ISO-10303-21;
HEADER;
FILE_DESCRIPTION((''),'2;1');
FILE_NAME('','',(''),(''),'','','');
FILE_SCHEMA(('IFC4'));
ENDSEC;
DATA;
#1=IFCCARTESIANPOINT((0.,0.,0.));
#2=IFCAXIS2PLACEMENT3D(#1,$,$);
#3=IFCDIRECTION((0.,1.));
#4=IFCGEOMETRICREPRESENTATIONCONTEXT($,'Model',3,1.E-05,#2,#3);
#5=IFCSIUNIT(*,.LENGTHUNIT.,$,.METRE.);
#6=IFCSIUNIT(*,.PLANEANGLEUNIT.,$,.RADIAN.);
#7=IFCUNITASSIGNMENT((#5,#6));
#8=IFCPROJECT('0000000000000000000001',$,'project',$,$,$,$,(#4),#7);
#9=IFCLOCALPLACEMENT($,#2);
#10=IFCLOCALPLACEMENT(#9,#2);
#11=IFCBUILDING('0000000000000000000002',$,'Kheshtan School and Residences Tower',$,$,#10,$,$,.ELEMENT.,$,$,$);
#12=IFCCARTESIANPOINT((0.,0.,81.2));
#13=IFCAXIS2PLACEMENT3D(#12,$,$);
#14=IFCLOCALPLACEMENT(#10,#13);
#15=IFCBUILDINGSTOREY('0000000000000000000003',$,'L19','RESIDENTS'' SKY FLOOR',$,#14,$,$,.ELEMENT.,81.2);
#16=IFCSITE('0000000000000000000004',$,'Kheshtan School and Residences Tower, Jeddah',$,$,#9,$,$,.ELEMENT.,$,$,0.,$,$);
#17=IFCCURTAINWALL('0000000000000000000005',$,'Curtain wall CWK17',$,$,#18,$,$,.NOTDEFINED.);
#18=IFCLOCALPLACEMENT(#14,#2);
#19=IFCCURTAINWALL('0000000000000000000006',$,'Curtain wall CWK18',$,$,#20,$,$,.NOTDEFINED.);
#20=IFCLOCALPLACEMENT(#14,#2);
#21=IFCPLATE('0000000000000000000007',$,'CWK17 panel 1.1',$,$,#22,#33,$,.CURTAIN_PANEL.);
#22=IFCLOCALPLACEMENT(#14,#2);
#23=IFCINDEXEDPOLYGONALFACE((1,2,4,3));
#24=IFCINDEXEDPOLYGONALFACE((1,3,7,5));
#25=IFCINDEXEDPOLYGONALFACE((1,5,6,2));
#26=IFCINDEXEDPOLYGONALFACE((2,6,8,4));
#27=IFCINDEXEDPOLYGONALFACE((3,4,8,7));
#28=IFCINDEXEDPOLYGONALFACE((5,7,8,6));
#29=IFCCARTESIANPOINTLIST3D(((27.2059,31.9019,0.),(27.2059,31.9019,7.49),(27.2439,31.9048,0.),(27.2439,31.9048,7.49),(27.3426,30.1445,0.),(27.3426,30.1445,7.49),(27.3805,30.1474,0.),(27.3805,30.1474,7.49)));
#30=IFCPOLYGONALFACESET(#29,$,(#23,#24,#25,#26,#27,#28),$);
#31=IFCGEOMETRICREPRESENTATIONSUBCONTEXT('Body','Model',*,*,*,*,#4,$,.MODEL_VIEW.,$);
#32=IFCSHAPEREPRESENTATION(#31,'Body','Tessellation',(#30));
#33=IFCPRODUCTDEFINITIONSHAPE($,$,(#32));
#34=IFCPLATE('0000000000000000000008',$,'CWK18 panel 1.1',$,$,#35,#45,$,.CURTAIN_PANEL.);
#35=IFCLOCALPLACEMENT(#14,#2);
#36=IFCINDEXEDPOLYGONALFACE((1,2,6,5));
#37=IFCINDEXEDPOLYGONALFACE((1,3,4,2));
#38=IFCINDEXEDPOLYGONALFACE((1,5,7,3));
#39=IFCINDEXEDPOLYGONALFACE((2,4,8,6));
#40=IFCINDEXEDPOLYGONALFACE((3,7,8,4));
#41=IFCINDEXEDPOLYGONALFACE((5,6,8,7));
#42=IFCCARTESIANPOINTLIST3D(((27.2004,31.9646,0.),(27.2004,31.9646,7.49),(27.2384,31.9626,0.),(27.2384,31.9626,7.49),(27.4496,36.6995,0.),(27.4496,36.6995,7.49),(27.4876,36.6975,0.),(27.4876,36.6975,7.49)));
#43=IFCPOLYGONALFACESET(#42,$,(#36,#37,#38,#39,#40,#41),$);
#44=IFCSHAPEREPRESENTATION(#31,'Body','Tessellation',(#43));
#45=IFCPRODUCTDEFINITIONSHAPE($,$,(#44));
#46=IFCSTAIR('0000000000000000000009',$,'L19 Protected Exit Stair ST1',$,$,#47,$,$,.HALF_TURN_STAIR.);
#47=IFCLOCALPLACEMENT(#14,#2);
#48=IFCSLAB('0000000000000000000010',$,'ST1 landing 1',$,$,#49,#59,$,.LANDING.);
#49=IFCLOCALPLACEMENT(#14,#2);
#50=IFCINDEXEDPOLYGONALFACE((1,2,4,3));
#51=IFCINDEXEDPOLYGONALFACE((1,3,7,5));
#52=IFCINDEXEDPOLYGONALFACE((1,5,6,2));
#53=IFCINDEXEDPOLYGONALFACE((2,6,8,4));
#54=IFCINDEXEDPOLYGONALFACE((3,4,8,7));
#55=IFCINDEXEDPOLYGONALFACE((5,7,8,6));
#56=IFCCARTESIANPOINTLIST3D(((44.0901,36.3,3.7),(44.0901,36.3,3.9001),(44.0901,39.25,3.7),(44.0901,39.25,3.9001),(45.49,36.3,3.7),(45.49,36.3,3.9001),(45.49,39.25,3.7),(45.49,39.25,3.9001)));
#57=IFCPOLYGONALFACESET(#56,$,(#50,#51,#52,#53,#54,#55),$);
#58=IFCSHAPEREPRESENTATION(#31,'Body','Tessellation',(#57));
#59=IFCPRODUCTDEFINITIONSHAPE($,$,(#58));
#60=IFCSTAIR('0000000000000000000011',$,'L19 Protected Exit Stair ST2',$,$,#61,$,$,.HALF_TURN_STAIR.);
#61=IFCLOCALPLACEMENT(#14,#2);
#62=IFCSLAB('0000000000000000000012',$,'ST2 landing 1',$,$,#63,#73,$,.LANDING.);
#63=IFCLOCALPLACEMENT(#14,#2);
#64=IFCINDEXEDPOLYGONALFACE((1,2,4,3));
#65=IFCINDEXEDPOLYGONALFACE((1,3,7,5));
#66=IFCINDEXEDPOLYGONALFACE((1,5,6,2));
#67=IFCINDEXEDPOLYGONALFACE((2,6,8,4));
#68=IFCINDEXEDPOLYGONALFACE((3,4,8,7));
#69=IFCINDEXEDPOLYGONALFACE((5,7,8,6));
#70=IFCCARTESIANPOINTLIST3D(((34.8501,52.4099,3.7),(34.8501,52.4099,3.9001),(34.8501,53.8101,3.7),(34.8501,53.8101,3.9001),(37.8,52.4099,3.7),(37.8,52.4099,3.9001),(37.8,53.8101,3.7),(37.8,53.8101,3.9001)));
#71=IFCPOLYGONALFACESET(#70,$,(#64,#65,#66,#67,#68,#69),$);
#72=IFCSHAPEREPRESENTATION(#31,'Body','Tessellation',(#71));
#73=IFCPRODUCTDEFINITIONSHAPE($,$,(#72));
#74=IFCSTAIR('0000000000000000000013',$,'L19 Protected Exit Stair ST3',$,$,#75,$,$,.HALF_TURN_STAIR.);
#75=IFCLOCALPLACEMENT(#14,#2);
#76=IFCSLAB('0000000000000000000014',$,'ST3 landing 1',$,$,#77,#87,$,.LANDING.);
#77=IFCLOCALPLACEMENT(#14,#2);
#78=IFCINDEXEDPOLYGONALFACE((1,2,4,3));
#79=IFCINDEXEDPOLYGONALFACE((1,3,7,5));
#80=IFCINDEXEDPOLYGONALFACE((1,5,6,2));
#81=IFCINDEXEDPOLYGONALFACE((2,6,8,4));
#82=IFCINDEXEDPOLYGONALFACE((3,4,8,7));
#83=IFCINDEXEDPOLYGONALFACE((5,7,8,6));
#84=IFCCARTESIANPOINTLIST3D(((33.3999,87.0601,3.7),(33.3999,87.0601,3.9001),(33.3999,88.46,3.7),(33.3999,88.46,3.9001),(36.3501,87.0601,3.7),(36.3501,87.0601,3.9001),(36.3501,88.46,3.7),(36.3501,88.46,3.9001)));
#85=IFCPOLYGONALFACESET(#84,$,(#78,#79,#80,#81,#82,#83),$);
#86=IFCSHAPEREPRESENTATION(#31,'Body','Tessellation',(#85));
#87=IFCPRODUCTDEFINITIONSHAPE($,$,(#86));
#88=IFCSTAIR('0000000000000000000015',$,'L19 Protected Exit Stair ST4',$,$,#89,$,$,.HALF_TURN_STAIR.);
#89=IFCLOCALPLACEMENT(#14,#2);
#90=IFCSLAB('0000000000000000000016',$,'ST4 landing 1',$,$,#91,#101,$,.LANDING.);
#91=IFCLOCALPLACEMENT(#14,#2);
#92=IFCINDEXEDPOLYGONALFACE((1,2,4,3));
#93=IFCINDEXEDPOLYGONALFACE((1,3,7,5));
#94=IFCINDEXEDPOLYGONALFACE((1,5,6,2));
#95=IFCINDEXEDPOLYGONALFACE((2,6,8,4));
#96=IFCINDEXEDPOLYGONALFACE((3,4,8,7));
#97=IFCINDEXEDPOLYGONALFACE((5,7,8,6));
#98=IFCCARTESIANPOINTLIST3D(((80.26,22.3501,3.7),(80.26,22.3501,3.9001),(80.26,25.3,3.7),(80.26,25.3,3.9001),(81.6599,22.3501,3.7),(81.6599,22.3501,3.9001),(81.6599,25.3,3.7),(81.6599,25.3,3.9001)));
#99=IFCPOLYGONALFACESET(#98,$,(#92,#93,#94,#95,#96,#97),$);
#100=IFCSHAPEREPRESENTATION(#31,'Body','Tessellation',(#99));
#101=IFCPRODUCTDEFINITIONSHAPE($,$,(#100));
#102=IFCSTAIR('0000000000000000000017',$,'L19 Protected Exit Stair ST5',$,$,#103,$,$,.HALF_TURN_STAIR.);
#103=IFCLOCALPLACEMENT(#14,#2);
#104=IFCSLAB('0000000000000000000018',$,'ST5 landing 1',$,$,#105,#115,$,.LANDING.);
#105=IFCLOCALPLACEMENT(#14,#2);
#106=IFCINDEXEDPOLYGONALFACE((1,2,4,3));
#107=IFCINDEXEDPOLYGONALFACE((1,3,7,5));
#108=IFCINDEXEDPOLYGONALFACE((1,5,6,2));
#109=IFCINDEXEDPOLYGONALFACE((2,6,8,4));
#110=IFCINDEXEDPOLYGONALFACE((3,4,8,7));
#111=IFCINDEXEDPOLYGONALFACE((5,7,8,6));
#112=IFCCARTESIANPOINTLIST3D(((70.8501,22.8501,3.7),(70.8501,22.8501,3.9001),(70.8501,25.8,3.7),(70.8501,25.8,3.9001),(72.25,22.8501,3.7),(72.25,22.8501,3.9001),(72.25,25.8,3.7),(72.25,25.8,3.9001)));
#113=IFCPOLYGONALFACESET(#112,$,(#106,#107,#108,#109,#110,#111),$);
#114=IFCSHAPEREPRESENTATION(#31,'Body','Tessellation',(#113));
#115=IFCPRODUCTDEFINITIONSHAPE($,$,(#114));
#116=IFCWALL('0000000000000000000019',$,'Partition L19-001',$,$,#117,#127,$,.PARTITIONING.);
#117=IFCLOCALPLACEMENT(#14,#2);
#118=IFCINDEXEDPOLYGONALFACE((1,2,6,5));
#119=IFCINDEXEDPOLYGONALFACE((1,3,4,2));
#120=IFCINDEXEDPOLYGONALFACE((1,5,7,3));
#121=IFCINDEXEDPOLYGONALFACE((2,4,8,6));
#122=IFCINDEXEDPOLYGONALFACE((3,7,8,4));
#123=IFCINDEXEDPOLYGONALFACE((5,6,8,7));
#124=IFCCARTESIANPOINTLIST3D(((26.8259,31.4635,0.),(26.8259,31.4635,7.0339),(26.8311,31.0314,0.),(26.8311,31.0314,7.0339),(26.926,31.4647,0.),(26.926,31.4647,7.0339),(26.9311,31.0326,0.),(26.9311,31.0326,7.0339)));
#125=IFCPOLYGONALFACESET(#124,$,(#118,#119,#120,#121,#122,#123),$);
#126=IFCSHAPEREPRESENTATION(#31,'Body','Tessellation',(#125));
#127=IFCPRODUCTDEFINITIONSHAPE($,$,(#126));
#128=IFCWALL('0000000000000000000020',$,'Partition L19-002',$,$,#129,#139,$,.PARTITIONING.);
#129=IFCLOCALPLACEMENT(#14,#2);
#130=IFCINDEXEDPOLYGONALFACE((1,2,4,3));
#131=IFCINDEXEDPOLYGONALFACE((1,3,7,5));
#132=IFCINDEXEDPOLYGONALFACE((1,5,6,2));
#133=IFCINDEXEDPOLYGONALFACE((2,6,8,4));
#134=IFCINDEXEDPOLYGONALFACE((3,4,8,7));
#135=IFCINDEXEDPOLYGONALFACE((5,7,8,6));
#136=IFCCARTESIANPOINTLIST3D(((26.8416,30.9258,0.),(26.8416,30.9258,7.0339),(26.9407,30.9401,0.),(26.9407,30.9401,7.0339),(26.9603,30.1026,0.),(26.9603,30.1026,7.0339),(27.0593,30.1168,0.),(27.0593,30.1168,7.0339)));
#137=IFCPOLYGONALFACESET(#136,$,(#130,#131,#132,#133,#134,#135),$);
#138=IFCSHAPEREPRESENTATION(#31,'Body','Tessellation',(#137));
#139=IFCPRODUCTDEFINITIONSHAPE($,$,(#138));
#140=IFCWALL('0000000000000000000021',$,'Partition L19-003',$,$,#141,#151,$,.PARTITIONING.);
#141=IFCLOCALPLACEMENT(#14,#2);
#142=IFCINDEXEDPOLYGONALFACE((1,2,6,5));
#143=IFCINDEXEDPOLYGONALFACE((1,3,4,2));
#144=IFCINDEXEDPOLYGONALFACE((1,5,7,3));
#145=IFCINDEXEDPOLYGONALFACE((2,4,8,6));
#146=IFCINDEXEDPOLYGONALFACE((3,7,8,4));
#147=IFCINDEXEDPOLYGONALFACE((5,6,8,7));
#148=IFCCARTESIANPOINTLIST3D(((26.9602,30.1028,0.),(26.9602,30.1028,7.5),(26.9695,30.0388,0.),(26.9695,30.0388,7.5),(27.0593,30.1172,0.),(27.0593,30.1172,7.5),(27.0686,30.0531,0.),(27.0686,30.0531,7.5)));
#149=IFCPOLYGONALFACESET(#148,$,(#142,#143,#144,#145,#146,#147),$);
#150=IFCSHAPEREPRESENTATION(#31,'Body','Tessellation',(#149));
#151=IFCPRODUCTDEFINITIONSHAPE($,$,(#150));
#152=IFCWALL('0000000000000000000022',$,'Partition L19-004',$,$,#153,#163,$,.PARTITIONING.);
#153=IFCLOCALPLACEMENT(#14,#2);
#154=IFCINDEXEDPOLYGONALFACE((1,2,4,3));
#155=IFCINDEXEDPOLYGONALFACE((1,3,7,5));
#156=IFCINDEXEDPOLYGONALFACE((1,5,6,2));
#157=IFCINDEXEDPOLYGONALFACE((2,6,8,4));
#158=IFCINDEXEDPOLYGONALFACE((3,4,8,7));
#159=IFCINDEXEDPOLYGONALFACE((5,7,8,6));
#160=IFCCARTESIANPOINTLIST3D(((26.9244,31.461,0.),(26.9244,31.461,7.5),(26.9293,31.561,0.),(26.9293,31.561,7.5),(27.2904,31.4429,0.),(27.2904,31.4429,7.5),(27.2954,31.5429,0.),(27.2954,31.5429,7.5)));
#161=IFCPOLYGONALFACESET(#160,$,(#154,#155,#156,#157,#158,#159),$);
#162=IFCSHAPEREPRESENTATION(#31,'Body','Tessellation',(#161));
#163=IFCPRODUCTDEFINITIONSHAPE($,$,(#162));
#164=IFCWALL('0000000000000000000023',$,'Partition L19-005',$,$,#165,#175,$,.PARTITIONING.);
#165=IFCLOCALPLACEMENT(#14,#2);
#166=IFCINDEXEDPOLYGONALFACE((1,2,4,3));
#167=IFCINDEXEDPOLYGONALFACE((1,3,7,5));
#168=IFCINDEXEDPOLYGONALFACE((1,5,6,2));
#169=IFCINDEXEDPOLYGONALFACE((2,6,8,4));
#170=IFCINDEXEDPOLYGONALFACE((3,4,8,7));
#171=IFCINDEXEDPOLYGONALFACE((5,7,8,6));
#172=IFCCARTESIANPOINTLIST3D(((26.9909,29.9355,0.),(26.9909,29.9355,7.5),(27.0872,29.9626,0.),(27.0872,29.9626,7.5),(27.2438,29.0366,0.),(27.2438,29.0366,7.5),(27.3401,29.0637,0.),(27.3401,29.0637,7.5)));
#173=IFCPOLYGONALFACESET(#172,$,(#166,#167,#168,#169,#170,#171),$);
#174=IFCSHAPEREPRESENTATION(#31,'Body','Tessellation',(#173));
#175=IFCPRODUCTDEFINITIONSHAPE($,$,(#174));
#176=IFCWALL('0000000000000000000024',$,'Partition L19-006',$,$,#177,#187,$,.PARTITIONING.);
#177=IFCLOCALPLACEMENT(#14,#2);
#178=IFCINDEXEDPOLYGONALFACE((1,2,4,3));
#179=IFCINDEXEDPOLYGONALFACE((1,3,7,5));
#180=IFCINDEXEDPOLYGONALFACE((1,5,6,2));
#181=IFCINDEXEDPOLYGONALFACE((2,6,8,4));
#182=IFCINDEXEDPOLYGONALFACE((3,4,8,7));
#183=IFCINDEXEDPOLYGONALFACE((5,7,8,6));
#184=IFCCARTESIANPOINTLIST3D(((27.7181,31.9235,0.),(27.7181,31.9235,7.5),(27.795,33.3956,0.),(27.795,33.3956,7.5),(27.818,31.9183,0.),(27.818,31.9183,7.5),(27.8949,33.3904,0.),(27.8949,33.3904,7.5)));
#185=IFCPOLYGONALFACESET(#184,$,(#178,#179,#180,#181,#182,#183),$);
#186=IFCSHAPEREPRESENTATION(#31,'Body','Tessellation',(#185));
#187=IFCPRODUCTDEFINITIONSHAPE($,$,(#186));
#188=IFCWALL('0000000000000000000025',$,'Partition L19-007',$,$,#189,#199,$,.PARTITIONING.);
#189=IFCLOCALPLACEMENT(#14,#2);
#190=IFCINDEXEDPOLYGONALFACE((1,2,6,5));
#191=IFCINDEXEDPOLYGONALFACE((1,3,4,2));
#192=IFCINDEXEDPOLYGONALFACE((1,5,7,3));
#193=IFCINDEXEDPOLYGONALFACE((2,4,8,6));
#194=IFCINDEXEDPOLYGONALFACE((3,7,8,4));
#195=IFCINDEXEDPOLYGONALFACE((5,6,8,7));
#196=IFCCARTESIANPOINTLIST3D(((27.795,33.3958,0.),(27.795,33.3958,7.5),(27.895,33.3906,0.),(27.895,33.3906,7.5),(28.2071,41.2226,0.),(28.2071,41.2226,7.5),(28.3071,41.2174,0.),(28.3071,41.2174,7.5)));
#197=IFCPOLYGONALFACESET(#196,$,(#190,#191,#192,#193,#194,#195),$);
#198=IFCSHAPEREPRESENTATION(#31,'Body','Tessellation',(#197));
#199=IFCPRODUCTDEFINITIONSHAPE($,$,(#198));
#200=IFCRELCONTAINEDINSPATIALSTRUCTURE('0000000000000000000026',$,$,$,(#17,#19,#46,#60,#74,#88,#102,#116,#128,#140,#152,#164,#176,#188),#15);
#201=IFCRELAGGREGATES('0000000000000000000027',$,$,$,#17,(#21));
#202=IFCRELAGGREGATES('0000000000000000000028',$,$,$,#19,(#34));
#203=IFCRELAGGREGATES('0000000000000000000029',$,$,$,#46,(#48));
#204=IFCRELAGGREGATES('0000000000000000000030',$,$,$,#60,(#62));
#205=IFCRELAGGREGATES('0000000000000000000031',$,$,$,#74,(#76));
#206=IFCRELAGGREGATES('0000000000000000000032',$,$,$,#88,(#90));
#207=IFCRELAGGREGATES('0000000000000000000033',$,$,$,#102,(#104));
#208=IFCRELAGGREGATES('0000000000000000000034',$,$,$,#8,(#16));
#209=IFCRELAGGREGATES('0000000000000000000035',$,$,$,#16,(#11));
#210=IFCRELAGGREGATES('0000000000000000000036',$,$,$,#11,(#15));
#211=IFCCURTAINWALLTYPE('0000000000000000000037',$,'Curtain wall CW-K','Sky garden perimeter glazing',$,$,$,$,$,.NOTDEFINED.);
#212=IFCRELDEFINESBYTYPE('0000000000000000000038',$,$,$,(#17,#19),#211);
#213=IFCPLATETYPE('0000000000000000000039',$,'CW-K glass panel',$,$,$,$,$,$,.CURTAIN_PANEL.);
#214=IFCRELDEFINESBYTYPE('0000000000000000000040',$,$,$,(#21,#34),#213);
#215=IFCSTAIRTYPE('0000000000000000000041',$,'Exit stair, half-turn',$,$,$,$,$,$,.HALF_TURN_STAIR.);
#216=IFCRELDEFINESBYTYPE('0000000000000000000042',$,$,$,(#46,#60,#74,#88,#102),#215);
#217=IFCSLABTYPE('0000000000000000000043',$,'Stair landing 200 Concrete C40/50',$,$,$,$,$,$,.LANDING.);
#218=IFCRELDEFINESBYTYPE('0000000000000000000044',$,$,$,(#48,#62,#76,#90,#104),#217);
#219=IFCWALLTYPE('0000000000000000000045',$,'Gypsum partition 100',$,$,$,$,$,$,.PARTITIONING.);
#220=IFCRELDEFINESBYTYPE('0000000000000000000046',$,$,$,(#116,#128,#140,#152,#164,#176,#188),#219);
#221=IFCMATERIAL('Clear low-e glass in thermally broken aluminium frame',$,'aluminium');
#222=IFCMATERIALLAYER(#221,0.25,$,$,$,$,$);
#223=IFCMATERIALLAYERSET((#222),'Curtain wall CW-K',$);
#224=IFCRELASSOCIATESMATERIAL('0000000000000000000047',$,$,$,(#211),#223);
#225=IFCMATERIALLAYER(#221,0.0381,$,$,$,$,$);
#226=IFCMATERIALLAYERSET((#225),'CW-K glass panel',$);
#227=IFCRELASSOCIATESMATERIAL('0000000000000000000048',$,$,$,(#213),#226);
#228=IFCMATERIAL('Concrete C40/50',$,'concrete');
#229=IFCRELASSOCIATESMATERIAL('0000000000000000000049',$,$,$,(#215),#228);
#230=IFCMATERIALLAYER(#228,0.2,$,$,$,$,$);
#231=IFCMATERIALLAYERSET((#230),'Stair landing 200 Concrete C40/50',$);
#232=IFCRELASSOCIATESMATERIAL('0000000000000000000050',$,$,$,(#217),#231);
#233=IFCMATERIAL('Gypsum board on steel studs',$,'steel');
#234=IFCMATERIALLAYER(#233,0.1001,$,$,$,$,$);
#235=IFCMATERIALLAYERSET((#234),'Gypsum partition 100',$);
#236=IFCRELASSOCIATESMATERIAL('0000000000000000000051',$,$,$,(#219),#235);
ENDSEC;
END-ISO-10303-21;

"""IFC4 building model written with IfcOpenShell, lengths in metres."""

from ifc_helpers import new_model, si_unit, direction, frame, frame_2d, origin, origin_2d, place, context, subcontext, project, spatial, polyline, rectangle, outline, extrude, material, layer, layer_set, type_object, element, aggregate, save


model = new_model("IFC4")

# Units and contexts
model_context = context("Model", 3, precision=1e-05, world=origin(), true_north=direction((0.0, 1.0)))
body_context = subcontext(model_context, "Body", "Model", "MODEL_VIEW")
ifc_project = project(units=[si_unit("LENGTHUNIT", "METRE"), si_unit("PLANEANGLEUNIT", "RADIAN")], contexts=[model_context])

# Site, building, storey
site_placement = place(None, origin())
site = spatial("IfcSite", under=ifc_project, at=site_placement, Name="Kheshtan School and Residences Tower, Jeddah", CompositionType="ELEMENT", RefElevation=0.0)
building_placement = place(site_placement, origin())
building = spatial("IfcBuilding", under=site, at=building_placement, Name="Kheshtan School and Residences Tower", CompositionType="ELEMENT")
storey_placement = place(building_placement, frame((0.0, 0.0, 81.2)))
storey = spatial("IfcBuildingStorey", under=building, at=storey_placement, Name="L19", Description="RESIDENTS' SKY FLOOR", CompositionType="ELEMENT", Elevation=81.2)

# Shared definitions
ifc_material_1 = material(Name="Clear low-e glass in thermally broken aluminium frame", Category="aluminium")
ifc_layer_1 = layer(ifc_material_1, 0.25)
ifc_layer_set_1 = layer_set([ifc_layer_1], Name="Curtain wall CW-K")
curtain_wall_type = type_object("IfcCurtainWallType", Name="Curtain wall CW-K", Description="Sky garden perimeter glazing", PredefinedType="NOTDEFINED", material=ifc_layer_set_1)

# Curtain wall
curtain_wall_1_placement = place(storey_placement, origin())
curtain_wall_1 = element("IfcCurtainWall", 1, at=curtain_wall_1_placement, inside=storey, type_object=curtain_wall_type, Name="Curtain wall CWK17", PredefinedType="NOTDEFINED")

# Curtain wall
curtain_wall_2_placement = place(storey_placement, origin())
curtain_wall_2 = element("IfcCurtainWall", 2, at=curtain_wall_2_placement, inside=storey, type_object=curtain_wall_type, Name="Curtain wall CWK18", PredefinedType="NOTDEFINED")

# Plates
ifc_layer_2 = layer(ifc_material_1, 0.0381)
ifc_layer_set_2 = layer_set([ifc_layer_2], Name="CW-K glass panel")
plate_type = type_object("IfcPlateType", Name="CW-K glass panel", PredefinedType="CURTAIN_PANEL", material=ifc_layer_set_2)
plate_1_placement = place(storey_placement, frame((27.2932, 31.0247, 0.0), z_axis=(0.0, 0.0, 1.0), x_axis=(-0.077549, 0.996989, 0.0)))
plate_1 = element("IfcPlate", 3, at=plate_1_placement, type_object=plate_type, Name="CWK17 panel 1.1", PredefinedType="CURTAIN_PANEL", context=body_context, shape_type="SweptSolid", body=[
    extrude(rectangle(XDim=1.7627, YDim=0.0381, at=origin_2d()), origin(), (0.0, 0.0, 1.0), 7.49),
])
aggregate(curtain_wall_1, [plate_1])
plate_2_placement = place(storey_placement, frame((27.344, 34.3311, 0.0), z_axis=(0.0, 0.0, 1.0), x_axis=(0.052565, 0.998617, 0.0)))
plate_2 = element("IfcPlate", 4, at=plate_2_placement, type_object=plate_type, Name="CWK18 panel 1.1", PredefinedType="CURTAIN_PANEL", context=body_context, shape_type="SweptSolid", body=[
    extrude(rectangle(XDim=4.7415, YDim=0.0381, at=origin_2d()), origin(), (0.0, 0.0, 1.0), 7.49),
])
aggregate(curtain_wall_2, [plate_2])

# Shared definitions
ifc_material_2 = material(Name="Concrete C40/50", Category="concrete")

# Stairs, slabs
stair_type = type_object("IfcStairType", Name="Exit stair, half-turn", PredefinedType="HALF_TURN_STAIR", material=ifc_material_2)
stair_1_placement = place(storey_placement, origin())
stair_1 = element("IfcStair", 5, at=stair_1_placement, inside=storey, type_object=stair_type, Name="L19 Protected Exit Stair ST1", PredefinedType="HALF_TURN_STAIR")
ifc_layer_3 = layer(ifc_material_2, 0.2)
ifc_layer_set_3 = layer_set([ifc_layer_3], Name="Stair landing 200 Concrete C40/50")
slab_type_1 = type_object("IfcSlabType", Name="Stair landing 200 Concrete C40/50", PredefinedType="LANDING", material=ifc_layer_set_3)
slab_1_placement = place(storey_placement, frame((0.0, 0.0, 3.7)))
slab_1 = element("IfcSlab", 6, at=slab_1_placement, type_object=slab_type_1, Name="ST1 landing 1", PredefinedType="LANDING", context=body_context, shape_type="SweptSolid", body=[
    extrude(outline(polyline([(45.49, 39.25), (44.0901, 39.25), (44.0901, 36.3), (45.49, 36.3), (45.49, 39.25)])), origin(), (0.0, 0.0, 1.0), 0.2002),
])
aggregate(stair_1, [slab_1])
stair_2_placement = place(storey_placement, origin())
stair_2 = element("IfcStair", 7, at=stair_2_placement, inside=storey, type_object=stair_type, Name="L19 Protected Exit Stair ST2", PredefinedType="HALF_TURN_STAIR")
slab_2_placement = place(storey_placement, frame((0.0, 0.0, 3.7)))
slab_2 = element("IfcSlab", 8, at=slab_2_placement, type_object=slab_type_1, Name="ST2 landing 1", PredefinedType="LANDING", context=body_context, shape_type="SweptSolid", body=[
    extrude(outline(polyline([(37.8, 52.4099), (37.8, 53.8101), (34.8501, 53.8101), (34.8501, 52.4099), (37.8, 52.4099)])), origin(), (0.0, 0.0, 1.0), 0.2002),
])
aggregate(stair_2, [slab_2])
stair_3_placement = place(storey_placement, origin())
stair_3 = element("IfcStair", 9, at=stair_3_placement, inside=storey, type_object=stair_type, Name="L19 Protected Exit Stair ST3", PredefinedType="HALF_TURN_STAIR")
slab_3_placement = place(storey_placement, frame((0.0, 0.0, 3.7)))
slab_3 = element("IfcSlab", 10, at=slab_3_placement, type_object=slab_type_1, Name="ST3 landing 1", PredefinedType="LANDING", context=body_context, shape_type="SweptSolid", body=[
    extrude(outline(polyline([(36.3501, 87.0601), (36.3501, 88.46), (33.3999, 88.46), (33.3999, 87.0601), (36.3501, 87.0601)])), origin(), (0.0, 0.0, 1.0), 0.2002),
])
aggregate(stair_3, [slab_3])
stair_4_placement = place(storey_placement, origin())
stair_4 = element("IfcStair", 11, at=stair_4_placement, inside=storey, type_object=stair_type, Name="L19 Protected Exit Stair ST4", PredefinedType="HALF_TURN_STAIR")
slab_4_placement = place(storey_placement, frame((0.0, 0.0, 3.7)))
slab_4 = element("IfcSlab", 12, at=slab_4_placement, type_object=slab_type_1, Name="ST4 landing 1", PredefinedType="LANDING", context=body_context, shape_type="SweptSolid", body=[
    extrude(outline(polyline([(81.6599, 25.3), (80.26, 25.3), (80.26, 22.3501), (81.6599, 22.3501), (81.6599, 25.3)])), origin(), (0.0, 0.0, 1.0), 0.2002),
])
aggregate(stair_4, [slab_4])
stair_5_placement = place(storey_placement, origin())
stair_5 = element("IfcStair", 13, at=stair_5_placement, inside=storey, type_object=stair_type, Name="L19 Protected Exit Stair ST5", PredefinedType="HALF_TURN_STAIR")
slab_5_placement = place(storey_placement, frame((0.0, 0.0, 3.7)))
slab_5 = element("IfcSlab", 14, at=slab_5_placement, type_object=slab_type_1, Name="ST5 landing 1", PredefinedType="LANDING", context=body_context, shape_type="SweptSolid", body=[
    extrude(outline(polyline([(72.25, 25.8), (70.8501, 25.8), (70.8501, 22.8501), (72.25, 22.8501), (72.25, 25.8)])), origin(), (0.0, 0.0, 1.0), 0.2002),
])
aggregate(stair_5, [slab_5])

# Walls
ifc_material_3 = material(Name="Gypsum board on steel studs", Category="steel")
ifc_layer_4 = layer(ifc_material_3, 0.1001)
ifc_layer_set_4 = layer_set([ifc_layer_4], Name="Gypsum partition 100")
wall_type = type_object("IfcWallType", Name="Gypsum partition 100", PredefinedType="PARTITIONING", material=ifc_layer_set_4)
wall_1_placement = place(storey_placement, frame((26.876, 31.4641, 0.0), z_axis=(0.0, 0.0, 1.0), x_axis=(0.011864, -0.99993, 0.0)))
element("IfcWall", 15, at=wall_1_placement, inside=storey, type_object=wall_type, Name="Partition L19-001", PredefinedType="PARTITIONING", context=body_context, shape_type="SweptSolid", body=[
    extrude(rectangle(XDim=0.4321, YDim=0.1001, at=frame_2d((0.2161, 0.0))), origin(), (0.0, 0.0, 1.0), 7.0339),
])
wall_2_placement = place(storey_placement, frame((26.8911, 30.9331, 0.0), z_axis=(0.0, 0.0, 1.0), x_axis=(0.142654, -0.989773, 0.0)))
element("IfcWall", 16, at=wall_2_placement, inside=storey, type_object=wall_type, Name="Partition L19-002", PredefinedType="PARTITIONING", context=body_context, shape_type="SweptSolid", body=[
    extrude(rectangle(XDim=0.8318, YDim=0.1001, at=frame_2d((0.416, 0.0))), origin(), (0.0, 0.0, 1.0), 7.0339),
])
wall_3_placement = place(storey_placement, frame((27.0098, 30.1099, 0.0), z_axis=(0.0, 0.0, 1.0), x_axis=(0.143536, -0.989645, 0.0)))
element("IfcWall", 17, at=wall_3_placement, inside=storey, type_object=wall_type, Name="Partition L19-003", PredefinedType="PARTITIONING", context=body_context, shape_type="SweptSolid", body=[
    extrude(rectangle(XDim=0.0647, YDim=0.1001, at=frame_2d((0.0322, 0.0))), origin(), (0.0, 0.0, 1.0), 7.5),
])
wall_4_placement = place(storey_placement, frame((26.927, 31.511, 0.0), z_axis=(0.0, 0.0, 1.0), x_axis=(0.998784, -0.049306, 0.0)))
element("IfcWall", 18, at=wall_4_placement, inside=storey, type_object=wall_type, Name="Partition L19-004", PredefinedType="PARTITIONING", context=body_context, shape_type="SweptSolid", body=[
    extrude(rectangle(XDim=0.3665, YDim=0.1001, at=frame_2d((0.1831, 0.0))), origin(), (0.0, 0.0, 1.0), 7.5),
])
wall_5_placement = place(storey_placement, frame((27.0391, 29.949, 0.0), z_axis=(0.0, 0.0, 1.0), x_axis=(0.270852, -0.962621, 0.0)))
element("IfcWall", 19, at=wall_5_placement, inside=storey, type_object=wall_type, Name="Partition L19-005", PredefinedType="PARTITIONING", context=body_context, shape_type="SweptSolid", body=[
    extrude(rectangle(XDim=0.9338, YDim=0.1001, at=frame_2d((0.4668, 0.0))), origin(), (0.0, 0.0, 1.0), 7.5),
])
wall_6_placement = place(storey_placement, frame((27.7681, 31.9209, 0.0), z_axis=(0.0, 0.0, 1.0), x_axis=(0.052168, 0.998638, 0.0)))
element("IfcWall", 20, at=wall_6_placement, inside=storey, type_object=wall_type, Name="Partition L19-006", PredefinedType="PARTITIONING", context=body_context, shape_type="SweptSolid", body=[
    extrude(rectangle(XDim=1.4741, YDim=0.1001, at=frame_2d((0.7371, 0.0))), origin(), (0.0, 0.0, 1.0), 7.5),
])
wall_7_placement = place(storey_placement, frame((27.845, 33.3931, 0.0), z_axis=(0.0, 0.0, 1.0), x_axis=(0.05258, 0.998617, 0.0)))
element("IfcWall", 21, at=wall_7_placement, inside=storey, type_object=wall_type, Name="Partition L19-007", PredefinedType="PARTITIONING", context=body_context, shape_type="SweptSolid", body=[
    extrude(rectangle(XDim=7.8376, YDim=0.1001, at=frame_2d((3.9189, 0.0))), origin(), (0.0, 0.0, 1.0), 7.5),
])

save(model, "model.ifc")
